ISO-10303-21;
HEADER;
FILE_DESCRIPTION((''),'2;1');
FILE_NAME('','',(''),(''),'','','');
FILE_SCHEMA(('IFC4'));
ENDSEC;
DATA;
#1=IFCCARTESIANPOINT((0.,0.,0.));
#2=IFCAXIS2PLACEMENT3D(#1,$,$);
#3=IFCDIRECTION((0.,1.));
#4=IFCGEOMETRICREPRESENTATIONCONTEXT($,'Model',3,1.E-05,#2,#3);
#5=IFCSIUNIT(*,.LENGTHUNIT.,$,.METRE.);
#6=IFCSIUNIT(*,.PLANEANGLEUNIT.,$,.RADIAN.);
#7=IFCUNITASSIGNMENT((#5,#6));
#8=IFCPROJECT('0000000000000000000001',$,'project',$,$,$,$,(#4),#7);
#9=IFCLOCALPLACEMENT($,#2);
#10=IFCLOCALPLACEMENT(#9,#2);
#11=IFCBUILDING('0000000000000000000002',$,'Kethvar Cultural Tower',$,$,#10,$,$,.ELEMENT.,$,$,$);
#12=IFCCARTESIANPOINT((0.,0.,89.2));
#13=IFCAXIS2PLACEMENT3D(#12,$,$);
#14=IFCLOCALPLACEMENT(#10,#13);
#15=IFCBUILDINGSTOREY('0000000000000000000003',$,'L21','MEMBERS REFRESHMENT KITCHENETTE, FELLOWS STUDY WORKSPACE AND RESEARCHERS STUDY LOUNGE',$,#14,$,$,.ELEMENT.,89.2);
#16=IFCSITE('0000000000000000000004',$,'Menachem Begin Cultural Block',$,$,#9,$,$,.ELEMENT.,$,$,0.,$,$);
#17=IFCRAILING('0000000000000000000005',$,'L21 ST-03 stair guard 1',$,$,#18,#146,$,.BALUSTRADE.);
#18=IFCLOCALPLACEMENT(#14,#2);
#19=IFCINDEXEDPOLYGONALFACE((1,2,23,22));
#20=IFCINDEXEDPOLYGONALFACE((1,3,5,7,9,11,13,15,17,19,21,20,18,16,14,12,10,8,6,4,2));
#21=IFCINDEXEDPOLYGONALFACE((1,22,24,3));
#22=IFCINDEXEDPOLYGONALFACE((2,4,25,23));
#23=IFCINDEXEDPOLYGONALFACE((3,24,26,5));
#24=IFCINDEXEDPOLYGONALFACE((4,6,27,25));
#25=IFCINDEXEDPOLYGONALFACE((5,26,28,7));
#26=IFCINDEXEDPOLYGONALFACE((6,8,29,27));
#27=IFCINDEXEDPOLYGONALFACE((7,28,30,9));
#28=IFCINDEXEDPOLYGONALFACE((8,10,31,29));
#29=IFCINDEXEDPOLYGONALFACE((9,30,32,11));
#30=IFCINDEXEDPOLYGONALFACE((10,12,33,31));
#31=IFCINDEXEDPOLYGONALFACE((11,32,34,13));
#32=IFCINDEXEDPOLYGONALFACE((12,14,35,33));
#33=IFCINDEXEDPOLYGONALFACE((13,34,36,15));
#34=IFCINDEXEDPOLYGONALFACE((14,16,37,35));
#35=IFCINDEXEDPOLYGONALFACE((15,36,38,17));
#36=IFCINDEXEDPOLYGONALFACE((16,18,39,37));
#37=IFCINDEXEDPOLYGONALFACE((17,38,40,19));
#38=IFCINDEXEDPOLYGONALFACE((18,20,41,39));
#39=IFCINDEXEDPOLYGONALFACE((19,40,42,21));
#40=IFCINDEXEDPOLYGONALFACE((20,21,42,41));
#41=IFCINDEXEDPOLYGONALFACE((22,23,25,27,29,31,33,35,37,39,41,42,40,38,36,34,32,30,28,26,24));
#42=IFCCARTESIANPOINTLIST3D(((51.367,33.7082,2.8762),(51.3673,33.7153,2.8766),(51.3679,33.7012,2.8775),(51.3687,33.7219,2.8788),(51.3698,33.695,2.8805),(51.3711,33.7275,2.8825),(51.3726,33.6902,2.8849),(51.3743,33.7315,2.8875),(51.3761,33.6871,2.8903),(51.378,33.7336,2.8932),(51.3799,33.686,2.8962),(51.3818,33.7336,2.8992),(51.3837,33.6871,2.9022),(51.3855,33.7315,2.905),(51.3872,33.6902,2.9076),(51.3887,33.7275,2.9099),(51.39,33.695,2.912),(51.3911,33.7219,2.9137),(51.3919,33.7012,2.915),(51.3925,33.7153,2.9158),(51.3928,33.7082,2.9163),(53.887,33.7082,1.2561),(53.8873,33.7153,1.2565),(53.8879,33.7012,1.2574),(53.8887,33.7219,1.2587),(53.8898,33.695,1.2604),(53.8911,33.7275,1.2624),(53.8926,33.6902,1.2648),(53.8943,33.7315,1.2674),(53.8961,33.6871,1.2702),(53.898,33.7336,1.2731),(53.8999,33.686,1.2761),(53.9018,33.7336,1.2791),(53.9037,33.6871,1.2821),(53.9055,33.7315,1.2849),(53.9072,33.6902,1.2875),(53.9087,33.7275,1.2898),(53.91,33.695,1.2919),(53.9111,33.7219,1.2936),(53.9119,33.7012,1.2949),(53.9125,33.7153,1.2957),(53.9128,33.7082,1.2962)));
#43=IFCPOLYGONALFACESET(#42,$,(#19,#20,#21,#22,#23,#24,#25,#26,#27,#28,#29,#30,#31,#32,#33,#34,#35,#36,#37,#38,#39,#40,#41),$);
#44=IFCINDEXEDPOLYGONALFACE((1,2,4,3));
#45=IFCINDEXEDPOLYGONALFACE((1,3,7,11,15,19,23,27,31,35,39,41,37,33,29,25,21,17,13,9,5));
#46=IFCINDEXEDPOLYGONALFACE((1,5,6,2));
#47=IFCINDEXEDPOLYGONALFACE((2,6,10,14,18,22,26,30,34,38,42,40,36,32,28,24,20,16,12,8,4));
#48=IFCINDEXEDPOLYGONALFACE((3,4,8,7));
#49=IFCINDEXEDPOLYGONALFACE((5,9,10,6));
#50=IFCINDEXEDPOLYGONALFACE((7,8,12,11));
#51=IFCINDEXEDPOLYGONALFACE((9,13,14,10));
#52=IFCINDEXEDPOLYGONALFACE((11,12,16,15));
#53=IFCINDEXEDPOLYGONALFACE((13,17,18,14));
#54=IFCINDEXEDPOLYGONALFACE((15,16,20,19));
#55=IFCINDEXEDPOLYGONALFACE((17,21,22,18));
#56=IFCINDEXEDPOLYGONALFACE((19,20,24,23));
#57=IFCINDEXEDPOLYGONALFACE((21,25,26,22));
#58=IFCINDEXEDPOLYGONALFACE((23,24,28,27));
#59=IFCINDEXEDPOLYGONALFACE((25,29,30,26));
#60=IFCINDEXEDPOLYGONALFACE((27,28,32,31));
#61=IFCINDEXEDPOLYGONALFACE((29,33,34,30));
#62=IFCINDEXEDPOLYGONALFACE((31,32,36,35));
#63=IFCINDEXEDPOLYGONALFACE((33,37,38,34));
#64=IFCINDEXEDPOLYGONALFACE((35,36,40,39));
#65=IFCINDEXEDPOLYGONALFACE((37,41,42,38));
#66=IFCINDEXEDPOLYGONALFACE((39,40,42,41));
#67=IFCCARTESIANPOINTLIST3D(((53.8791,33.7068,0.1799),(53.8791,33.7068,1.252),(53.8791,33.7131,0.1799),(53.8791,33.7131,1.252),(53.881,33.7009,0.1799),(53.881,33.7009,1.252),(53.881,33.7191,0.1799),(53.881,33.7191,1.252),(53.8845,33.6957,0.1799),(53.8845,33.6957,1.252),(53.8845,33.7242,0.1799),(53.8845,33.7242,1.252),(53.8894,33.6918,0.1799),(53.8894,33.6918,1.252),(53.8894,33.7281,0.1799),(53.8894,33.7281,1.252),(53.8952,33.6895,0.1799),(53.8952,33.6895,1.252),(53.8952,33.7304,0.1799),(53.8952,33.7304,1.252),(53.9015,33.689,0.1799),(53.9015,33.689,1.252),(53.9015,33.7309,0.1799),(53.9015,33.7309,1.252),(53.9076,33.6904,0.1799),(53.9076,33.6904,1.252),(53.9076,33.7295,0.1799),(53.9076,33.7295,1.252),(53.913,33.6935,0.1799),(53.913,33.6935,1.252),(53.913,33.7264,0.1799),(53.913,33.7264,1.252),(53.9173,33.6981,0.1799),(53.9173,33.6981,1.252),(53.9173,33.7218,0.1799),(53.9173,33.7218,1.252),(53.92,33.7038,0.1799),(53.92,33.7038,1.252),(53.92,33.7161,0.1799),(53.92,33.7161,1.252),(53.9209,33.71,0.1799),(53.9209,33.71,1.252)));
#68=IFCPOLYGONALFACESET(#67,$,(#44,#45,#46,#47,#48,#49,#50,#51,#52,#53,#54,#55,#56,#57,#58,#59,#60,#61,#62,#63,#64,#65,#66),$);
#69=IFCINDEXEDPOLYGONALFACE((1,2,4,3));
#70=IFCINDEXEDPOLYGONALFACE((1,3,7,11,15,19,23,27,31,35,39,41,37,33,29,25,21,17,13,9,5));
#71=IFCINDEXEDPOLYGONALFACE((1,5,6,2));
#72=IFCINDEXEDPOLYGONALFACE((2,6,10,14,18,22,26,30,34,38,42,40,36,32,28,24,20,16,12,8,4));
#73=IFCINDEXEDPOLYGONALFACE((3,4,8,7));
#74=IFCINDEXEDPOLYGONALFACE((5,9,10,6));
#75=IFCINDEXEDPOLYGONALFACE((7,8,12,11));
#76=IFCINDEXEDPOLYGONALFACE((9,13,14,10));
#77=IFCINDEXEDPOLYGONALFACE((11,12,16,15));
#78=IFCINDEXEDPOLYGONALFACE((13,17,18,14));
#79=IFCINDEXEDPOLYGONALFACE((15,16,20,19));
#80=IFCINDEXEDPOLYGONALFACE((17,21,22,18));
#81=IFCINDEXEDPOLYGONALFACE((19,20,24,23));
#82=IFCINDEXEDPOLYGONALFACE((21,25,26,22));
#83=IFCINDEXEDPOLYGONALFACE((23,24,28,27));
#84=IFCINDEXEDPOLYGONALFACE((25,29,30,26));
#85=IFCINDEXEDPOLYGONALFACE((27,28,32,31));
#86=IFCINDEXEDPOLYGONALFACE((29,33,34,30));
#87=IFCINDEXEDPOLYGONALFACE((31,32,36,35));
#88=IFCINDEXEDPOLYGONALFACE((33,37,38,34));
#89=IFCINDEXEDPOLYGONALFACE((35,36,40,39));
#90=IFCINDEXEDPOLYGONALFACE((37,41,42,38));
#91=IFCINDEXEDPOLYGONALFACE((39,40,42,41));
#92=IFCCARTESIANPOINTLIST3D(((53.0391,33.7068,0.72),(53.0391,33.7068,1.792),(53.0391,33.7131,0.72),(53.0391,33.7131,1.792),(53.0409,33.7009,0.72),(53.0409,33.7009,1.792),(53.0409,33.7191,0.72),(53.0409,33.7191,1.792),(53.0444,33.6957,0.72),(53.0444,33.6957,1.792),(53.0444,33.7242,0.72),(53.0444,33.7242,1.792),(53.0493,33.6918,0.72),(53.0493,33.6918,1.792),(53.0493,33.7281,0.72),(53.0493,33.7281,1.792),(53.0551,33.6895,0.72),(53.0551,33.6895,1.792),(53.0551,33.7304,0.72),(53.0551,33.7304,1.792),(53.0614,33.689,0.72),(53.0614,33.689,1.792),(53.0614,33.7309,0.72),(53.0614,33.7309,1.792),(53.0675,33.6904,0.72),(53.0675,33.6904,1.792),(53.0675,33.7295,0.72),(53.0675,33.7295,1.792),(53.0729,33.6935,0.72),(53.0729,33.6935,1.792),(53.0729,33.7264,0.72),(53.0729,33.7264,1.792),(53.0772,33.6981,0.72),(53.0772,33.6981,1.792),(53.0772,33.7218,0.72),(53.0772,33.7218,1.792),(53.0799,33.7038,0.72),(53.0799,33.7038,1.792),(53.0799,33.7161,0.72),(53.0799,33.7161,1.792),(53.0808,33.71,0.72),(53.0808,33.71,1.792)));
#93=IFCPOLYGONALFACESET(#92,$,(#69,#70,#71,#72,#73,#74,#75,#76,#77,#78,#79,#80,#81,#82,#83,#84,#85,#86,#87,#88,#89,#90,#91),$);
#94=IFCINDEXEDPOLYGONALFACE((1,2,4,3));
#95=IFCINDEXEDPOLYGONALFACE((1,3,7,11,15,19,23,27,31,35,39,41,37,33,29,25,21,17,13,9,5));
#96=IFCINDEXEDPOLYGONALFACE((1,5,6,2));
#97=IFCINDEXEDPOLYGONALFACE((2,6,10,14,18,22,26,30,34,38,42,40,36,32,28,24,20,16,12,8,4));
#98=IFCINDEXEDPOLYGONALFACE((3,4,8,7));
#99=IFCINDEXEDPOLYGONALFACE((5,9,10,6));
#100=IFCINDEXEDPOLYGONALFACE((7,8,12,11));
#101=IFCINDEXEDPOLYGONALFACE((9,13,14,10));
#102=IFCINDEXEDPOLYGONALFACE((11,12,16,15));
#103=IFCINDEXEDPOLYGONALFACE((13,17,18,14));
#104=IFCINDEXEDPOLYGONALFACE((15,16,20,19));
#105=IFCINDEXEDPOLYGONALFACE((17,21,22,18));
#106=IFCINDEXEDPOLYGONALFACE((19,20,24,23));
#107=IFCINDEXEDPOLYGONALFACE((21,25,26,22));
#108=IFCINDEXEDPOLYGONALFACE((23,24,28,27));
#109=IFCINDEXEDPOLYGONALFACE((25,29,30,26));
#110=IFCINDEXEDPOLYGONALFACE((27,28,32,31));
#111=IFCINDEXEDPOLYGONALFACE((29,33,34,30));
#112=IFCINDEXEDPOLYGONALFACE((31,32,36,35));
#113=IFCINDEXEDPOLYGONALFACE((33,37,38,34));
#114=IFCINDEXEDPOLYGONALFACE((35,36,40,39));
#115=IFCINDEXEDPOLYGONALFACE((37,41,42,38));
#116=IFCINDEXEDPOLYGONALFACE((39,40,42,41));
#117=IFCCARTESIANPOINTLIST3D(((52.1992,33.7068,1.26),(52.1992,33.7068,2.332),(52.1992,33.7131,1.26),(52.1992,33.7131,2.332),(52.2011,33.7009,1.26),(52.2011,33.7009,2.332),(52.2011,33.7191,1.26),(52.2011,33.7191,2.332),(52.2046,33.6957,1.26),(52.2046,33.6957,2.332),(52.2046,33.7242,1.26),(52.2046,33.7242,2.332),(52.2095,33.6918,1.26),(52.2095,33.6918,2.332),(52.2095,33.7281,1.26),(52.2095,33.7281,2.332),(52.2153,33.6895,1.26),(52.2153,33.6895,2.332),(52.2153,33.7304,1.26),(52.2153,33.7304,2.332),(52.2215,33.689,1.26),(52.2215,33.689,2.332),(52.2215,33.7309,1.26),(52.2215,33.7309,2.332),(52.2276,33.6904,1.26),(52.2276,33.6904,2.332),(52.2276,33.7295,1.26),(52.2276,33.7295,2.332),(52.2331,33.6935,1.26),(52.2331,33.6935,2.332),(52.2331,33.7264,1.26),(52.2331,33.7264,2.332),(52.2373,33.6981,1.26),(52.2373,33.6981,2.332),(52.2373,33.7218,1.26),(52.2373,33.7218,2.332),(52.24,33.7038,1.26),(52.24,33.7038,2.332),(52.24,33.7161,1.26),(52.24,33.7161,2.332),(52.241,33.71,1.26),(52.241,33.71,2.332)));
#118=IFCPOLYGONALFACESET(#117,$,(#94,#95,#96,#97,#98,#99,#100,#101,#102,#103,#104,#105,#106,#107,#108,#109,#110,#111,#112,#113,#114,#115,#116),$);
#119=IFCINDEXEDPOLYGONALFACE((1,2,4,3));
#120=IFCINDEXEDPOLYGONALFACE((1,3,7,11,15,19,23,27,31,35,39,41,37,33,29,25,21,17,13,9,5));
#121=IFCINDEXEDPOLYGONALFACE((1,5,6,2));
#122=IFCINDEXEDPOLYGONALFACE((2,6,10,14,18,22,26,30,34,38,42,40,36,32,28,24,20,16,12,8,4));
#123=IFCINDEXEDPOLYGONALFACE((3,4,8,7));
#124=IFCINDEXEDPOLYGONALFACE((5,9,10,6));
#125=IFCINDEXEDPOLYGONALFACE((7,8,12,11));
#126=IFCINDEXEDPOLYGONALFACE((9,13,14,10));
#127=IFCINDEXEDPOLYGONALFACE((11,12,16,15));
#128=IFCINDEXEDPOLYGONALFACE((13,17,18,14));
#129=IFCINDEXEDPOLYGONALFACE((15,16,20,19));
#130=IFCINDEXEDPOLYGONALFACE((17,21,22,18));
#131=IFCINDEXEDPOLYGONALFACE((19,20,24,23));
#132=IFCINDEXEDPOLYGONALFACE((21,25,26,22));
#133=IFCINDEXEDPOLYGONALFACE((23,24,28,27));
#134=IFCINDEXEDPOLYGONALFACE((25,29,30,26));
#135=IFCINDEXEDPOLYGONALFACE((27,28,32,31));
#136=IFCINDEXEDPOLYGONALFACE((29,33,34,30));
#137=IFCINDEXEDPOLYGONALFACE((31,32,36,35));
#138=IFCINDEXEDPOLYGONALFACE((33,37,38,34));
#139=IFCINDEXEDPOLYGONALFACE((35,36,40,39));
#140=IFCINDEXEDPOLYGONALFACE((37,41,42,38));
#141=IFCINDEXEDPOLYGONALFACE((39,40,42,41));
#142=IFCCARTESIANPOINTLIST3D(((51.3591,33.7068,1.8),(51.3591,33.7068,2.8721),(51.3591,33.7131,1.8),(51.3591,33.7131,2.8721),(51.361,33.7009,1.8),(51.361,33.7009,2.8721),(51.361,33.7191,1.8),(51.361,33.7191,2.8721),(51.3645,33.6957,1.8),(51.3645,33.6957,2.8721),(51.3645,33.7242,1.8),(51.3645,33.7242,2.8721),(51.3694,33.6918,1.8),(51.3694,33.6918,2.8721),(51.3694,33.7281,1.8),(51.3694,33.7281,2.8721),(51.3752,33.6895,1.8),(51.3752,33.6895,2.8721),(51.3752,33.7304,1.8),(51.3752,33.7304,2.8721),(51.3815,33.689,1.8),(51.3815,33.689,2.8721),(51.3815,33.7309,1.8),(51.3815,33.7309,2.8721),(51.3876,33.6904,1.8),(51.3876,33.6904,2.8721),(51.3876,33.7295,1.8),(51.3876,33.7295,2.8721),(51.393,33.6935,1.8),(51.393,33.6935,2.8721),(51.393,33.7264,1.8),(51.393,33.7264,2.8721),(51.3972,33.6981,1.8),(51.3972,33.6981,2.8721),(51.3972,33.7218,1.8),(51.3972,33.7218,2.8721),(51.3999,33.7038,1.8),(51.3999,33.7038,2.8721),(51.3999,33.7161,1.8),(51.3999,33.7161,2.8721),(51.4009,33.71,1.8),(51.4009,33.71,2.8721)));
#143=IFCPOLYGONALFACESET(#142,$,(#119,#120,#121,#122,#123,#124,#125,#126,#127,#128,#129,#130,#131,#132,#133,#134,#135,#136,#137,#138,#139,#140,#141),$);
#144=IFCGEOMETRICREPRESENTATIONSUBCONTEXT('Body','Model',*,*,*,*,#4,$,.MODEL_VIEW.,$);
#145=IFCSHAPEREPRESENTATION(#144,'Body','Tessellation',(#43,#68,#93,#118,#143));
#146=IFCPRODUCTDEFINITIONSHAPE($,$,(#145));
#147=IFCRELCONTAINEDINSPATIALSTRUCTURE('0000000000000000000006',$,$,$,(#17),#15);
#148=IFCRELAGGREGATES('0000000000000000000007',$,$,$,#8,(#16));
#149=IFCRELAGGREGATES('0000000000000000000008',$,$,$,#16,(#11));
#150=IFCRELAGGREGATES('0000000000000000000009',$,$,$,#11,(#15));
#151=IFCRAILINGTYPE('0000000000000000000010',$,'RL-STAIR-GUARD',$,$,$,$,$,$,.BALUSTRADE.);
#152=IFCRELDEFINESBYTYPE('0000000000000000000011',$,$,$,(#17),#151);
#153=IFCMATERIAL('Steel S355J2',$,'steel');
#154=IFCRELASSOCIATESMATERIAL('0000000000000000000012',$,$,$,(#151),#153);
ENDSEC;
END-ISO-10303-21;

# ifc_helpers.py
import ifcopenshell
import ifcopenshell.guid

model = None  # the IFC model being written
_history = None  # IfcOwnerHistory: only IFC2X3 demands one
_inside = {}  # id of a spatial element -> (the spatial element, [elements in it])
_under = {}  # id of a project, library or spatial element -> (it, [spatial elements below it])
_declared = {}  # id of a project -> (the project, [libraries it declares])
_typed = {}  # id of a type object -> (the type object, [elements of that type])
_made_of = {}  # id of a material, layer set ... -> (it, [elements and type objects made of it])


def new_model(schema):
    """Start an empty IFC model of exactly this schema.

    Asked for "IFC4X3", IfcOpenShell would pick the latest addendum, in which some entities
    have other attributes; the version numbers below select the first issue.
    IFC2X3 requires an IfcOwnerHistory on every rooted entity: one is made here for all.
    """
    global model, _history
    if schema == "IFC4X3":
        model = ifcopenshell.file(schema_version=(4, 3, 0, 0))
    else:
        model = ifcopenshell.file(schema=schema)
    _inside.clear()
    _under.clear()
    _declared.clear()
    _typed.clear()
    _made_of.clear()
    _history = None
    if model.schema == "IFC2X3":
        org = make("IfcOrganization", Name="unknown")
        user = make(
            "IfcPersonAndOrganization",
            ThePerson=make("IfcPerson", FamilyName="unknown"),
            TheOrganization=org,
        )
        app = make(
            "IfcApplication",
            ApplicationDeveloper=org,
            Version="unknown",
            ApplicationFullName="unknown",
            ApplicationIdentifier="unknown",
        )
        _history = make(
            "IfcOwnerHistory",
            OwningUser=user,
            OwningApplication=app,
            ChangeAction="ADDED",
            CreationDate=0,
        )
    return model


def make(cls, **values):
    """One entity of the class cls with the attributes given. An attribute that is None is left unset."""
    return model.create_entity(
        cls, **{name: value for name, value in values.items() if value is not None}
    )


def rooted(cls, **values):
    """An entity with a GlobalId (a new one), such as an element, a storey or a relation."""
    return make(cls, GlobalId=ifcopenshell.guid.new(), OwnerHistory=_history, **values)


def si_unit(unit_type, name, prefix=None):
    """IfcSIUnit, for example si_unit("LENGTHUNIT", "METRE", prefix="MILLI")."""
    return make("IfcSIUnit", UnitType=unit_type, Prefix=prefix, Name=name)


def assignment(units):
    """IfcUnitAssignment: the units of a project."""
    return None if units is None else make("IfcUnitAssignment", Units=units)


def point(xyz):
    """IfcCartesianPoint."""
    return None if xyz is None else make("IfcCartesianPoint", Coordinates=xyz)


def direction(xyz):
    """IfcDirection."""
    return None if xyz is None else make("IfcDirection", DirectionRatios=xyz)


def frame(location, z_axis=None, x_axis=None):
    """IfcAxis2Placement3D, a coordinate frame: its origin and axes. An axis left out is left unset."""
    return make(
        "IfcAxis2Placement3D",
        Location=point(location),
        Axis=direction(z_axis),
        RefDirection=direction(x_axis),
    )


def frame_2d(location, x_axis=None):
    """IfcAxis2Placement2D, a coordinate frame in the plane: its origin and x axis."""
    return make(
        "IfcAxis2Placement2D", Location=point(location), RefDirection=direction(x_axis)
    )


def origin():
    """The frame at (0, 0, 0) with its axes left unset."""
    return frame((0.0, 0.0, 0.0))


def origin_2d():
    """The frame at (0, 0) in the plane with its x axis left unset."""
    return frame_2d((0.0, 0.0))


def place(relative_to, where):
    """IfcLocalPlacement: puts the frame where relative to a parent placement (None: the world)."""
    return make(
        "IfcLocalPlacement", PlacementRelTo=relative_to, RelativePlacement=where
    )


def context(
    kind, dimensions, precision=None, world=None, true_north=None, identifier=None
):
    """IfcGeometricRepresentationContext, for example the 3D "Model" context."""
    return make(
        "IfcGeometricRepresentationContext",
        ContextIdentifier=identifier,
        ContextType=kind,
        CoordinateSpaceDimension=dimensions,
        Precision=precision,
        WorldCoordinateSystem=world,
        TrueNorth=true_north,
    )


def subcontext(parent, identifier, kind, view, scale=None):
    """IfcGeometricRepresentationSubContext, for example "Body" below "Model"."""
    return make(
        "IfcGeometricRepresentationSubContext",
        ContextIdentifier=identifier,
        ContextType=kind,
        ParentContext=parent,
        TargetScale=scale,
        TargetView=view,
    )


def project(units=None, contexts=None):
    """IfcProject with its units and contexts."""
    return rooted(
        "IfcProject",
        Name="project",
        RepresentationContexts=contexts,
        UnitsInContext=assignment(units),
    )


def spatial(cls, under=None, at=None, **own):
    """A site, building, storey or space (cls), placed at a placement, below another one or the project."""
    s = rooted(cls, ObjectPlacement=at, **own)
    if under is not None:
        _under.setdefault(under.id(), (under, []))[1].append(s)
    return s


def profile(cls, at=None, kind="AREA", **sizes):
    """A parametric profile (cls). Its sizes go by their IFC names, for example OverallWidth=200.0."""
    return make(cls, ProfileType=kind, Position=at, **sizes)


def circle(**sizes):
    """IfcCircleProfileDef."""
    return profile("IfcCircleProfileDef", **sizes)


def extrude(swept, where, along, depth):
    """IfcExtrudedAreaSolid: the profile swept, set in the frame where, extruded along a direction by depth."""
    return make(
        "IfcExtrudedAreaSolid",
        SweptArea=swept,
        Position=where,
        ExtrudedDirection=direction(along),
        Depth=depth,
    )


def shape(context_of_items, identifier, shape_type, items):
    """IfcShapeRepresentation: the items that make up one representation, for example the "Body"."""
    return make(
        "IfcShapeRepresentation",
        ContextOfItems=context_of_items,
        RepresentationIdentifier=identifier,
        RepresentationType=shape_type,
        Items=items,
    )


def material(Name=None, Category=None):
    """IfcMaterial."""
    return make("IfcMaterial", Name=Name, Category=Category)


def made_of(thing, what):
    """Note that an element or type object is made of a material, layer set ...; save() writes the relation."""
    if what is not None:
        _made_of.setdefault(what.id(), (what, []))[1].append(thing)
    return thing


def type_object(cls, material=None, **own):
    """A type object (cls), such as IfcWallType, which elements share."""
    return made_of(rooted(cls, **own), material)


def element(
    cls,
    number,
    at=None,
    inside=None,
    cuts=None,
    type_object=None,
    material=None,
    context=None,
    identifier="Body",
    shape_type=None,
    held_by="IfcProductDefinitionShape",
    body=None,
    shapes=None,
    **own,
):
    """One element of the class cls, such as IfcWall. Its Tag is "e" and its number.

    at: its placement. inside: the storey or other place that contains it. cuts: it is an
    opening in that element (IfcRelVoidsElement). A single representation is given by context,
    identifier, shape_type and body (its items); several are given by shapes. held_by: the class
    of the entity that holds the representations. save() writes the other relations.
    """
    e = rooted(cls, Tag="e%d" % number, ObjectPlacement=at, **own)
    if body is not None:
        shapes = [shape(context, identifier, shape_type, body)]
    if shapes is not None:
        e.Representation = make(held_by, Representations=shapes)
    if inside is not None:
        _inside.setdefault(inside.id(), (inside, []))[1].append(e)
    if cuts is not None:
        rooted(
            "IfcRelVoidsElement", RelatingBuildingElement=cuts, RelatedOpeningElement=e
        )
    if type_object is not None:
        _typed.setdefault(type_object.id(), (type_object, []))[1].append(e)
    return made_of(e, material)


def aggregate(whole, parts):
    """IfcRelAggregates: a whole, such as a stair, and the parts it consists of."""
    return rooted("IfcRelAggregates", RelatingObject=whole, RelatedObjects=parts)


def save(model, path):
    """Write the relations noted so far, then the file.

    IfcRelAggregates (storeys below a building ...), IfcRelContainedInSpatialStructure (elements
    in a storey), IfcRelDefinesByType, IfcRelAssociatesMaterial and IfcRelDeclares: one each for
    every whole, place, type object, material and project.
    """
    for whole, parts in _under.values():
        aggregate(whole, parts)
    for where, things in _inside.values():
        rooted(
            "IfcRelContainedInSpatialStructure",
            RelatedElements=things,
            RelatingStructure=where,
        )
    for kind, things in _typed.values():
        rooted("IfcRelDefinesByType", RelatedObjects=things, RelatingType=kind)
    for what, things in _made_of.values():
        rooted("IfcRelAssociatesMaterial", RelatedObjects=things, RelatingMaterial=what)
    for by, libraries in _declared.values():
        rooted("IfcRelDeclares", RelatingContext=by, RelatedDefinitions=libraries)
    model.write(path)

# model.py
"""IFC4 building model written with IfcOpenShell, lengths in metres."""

from ifc_helpers import new_model, si_unit, direction, frame, origin, origin_2d, place, context, subcontext, project, spatial, circle, extrude, material, type_object, element, save


model = new_model("IFC4")

# Units and contexts
model_context = context("Model", 3, precision=1e-05, world=origin(), true_north=direction((0.0, 1.0)))
body_context = subcontext(model_context, "Body", "Model", "MODEL_VIEW")
ifc_project = project(units=[si_unit("LENGTHUNIT", "METRE"), si_unit("PLANEANGLEUNIT", "RADIAN")], contexts=[model_context])

# Site, building, storey
site_placement = place(None, origin())
site = spatial("IfcSite", under=ifc_project, at=site_placement, Name="Menachem Begin Cultural Block", CompositionType="ELEMENT", RefElevation=0.0)
building_placement = place(site_placement, origin())
building = spatial("IfcBuilding", under=site, at=building_placement, Name="Kethvar Cultural Tower", CompositionType="ELEMENT")
storey_placement = place(building_placement, frame((0.0, 0.0, 89.2)))
storey = spatial("IfcBuildingStorey", under=building, at=storey_placement, Name="L21", Description="MEMBERS REFRESHMENT KITCHENETTE, FELLOWS STUDY WORKSPACE AND RESEARCHERS STUDY LOUNGE", CompositionType="ELEMENT", Elevation=89.2)

# Shared definitions
ifc_material_1 = material(Name="Steel S355J2", Category="steel")

# Railing
railing_type_1 = type_object("IfcRailingType", Name="RL-STAIR-GUARD", PredefinedType="BALUSTRADE", material=ifc_material_1)
railing_1_placement = place(storey_placement, frame((53.8999, 33.71, 0.1799)))
element("IfcRailing", 1, at=railing_1_placement, inside=storey, type_object=railing_type_1, Name="L21 ST-03 stair guard 1", PredefinedType="BALUSTRADE", context=body_context, shape_type="SweptSolid", body=[
    extrude(circle(Radius=0.0239, at=origin_2d()), frame((0.0, 0.0, 1.0962), z_axis=(-0.841163, 0.0, 0.540782), x_axis=(0.0, -1.0, 0.0)), (0.0, 0.0, 1.0), 2.9958),
    extrude(circle(Radius=0.021, at=origin_2d()), origin(), (0.0, 0.0, 1.0), 1.072),
    extrude(circle(Radius=0.021, at=origin_2d()), frame((-0.8401, 0.0, 0.54)), (0.0, 0.0, 1.0), 1.072),
    extrude(circle(Radius=0.021, at=origin_2d()), frame((-1.6799, 0.0, 1.0801)), (0.0, 0.0, 1.0), 1.072),
    extrude(circle(Radius=0.021, at=origin_2d()), frame((-2.52, 0.0, 1.6201)), (0.0, 0.0, 1.0), 1.072),
])

save(model, "model.ifc")
